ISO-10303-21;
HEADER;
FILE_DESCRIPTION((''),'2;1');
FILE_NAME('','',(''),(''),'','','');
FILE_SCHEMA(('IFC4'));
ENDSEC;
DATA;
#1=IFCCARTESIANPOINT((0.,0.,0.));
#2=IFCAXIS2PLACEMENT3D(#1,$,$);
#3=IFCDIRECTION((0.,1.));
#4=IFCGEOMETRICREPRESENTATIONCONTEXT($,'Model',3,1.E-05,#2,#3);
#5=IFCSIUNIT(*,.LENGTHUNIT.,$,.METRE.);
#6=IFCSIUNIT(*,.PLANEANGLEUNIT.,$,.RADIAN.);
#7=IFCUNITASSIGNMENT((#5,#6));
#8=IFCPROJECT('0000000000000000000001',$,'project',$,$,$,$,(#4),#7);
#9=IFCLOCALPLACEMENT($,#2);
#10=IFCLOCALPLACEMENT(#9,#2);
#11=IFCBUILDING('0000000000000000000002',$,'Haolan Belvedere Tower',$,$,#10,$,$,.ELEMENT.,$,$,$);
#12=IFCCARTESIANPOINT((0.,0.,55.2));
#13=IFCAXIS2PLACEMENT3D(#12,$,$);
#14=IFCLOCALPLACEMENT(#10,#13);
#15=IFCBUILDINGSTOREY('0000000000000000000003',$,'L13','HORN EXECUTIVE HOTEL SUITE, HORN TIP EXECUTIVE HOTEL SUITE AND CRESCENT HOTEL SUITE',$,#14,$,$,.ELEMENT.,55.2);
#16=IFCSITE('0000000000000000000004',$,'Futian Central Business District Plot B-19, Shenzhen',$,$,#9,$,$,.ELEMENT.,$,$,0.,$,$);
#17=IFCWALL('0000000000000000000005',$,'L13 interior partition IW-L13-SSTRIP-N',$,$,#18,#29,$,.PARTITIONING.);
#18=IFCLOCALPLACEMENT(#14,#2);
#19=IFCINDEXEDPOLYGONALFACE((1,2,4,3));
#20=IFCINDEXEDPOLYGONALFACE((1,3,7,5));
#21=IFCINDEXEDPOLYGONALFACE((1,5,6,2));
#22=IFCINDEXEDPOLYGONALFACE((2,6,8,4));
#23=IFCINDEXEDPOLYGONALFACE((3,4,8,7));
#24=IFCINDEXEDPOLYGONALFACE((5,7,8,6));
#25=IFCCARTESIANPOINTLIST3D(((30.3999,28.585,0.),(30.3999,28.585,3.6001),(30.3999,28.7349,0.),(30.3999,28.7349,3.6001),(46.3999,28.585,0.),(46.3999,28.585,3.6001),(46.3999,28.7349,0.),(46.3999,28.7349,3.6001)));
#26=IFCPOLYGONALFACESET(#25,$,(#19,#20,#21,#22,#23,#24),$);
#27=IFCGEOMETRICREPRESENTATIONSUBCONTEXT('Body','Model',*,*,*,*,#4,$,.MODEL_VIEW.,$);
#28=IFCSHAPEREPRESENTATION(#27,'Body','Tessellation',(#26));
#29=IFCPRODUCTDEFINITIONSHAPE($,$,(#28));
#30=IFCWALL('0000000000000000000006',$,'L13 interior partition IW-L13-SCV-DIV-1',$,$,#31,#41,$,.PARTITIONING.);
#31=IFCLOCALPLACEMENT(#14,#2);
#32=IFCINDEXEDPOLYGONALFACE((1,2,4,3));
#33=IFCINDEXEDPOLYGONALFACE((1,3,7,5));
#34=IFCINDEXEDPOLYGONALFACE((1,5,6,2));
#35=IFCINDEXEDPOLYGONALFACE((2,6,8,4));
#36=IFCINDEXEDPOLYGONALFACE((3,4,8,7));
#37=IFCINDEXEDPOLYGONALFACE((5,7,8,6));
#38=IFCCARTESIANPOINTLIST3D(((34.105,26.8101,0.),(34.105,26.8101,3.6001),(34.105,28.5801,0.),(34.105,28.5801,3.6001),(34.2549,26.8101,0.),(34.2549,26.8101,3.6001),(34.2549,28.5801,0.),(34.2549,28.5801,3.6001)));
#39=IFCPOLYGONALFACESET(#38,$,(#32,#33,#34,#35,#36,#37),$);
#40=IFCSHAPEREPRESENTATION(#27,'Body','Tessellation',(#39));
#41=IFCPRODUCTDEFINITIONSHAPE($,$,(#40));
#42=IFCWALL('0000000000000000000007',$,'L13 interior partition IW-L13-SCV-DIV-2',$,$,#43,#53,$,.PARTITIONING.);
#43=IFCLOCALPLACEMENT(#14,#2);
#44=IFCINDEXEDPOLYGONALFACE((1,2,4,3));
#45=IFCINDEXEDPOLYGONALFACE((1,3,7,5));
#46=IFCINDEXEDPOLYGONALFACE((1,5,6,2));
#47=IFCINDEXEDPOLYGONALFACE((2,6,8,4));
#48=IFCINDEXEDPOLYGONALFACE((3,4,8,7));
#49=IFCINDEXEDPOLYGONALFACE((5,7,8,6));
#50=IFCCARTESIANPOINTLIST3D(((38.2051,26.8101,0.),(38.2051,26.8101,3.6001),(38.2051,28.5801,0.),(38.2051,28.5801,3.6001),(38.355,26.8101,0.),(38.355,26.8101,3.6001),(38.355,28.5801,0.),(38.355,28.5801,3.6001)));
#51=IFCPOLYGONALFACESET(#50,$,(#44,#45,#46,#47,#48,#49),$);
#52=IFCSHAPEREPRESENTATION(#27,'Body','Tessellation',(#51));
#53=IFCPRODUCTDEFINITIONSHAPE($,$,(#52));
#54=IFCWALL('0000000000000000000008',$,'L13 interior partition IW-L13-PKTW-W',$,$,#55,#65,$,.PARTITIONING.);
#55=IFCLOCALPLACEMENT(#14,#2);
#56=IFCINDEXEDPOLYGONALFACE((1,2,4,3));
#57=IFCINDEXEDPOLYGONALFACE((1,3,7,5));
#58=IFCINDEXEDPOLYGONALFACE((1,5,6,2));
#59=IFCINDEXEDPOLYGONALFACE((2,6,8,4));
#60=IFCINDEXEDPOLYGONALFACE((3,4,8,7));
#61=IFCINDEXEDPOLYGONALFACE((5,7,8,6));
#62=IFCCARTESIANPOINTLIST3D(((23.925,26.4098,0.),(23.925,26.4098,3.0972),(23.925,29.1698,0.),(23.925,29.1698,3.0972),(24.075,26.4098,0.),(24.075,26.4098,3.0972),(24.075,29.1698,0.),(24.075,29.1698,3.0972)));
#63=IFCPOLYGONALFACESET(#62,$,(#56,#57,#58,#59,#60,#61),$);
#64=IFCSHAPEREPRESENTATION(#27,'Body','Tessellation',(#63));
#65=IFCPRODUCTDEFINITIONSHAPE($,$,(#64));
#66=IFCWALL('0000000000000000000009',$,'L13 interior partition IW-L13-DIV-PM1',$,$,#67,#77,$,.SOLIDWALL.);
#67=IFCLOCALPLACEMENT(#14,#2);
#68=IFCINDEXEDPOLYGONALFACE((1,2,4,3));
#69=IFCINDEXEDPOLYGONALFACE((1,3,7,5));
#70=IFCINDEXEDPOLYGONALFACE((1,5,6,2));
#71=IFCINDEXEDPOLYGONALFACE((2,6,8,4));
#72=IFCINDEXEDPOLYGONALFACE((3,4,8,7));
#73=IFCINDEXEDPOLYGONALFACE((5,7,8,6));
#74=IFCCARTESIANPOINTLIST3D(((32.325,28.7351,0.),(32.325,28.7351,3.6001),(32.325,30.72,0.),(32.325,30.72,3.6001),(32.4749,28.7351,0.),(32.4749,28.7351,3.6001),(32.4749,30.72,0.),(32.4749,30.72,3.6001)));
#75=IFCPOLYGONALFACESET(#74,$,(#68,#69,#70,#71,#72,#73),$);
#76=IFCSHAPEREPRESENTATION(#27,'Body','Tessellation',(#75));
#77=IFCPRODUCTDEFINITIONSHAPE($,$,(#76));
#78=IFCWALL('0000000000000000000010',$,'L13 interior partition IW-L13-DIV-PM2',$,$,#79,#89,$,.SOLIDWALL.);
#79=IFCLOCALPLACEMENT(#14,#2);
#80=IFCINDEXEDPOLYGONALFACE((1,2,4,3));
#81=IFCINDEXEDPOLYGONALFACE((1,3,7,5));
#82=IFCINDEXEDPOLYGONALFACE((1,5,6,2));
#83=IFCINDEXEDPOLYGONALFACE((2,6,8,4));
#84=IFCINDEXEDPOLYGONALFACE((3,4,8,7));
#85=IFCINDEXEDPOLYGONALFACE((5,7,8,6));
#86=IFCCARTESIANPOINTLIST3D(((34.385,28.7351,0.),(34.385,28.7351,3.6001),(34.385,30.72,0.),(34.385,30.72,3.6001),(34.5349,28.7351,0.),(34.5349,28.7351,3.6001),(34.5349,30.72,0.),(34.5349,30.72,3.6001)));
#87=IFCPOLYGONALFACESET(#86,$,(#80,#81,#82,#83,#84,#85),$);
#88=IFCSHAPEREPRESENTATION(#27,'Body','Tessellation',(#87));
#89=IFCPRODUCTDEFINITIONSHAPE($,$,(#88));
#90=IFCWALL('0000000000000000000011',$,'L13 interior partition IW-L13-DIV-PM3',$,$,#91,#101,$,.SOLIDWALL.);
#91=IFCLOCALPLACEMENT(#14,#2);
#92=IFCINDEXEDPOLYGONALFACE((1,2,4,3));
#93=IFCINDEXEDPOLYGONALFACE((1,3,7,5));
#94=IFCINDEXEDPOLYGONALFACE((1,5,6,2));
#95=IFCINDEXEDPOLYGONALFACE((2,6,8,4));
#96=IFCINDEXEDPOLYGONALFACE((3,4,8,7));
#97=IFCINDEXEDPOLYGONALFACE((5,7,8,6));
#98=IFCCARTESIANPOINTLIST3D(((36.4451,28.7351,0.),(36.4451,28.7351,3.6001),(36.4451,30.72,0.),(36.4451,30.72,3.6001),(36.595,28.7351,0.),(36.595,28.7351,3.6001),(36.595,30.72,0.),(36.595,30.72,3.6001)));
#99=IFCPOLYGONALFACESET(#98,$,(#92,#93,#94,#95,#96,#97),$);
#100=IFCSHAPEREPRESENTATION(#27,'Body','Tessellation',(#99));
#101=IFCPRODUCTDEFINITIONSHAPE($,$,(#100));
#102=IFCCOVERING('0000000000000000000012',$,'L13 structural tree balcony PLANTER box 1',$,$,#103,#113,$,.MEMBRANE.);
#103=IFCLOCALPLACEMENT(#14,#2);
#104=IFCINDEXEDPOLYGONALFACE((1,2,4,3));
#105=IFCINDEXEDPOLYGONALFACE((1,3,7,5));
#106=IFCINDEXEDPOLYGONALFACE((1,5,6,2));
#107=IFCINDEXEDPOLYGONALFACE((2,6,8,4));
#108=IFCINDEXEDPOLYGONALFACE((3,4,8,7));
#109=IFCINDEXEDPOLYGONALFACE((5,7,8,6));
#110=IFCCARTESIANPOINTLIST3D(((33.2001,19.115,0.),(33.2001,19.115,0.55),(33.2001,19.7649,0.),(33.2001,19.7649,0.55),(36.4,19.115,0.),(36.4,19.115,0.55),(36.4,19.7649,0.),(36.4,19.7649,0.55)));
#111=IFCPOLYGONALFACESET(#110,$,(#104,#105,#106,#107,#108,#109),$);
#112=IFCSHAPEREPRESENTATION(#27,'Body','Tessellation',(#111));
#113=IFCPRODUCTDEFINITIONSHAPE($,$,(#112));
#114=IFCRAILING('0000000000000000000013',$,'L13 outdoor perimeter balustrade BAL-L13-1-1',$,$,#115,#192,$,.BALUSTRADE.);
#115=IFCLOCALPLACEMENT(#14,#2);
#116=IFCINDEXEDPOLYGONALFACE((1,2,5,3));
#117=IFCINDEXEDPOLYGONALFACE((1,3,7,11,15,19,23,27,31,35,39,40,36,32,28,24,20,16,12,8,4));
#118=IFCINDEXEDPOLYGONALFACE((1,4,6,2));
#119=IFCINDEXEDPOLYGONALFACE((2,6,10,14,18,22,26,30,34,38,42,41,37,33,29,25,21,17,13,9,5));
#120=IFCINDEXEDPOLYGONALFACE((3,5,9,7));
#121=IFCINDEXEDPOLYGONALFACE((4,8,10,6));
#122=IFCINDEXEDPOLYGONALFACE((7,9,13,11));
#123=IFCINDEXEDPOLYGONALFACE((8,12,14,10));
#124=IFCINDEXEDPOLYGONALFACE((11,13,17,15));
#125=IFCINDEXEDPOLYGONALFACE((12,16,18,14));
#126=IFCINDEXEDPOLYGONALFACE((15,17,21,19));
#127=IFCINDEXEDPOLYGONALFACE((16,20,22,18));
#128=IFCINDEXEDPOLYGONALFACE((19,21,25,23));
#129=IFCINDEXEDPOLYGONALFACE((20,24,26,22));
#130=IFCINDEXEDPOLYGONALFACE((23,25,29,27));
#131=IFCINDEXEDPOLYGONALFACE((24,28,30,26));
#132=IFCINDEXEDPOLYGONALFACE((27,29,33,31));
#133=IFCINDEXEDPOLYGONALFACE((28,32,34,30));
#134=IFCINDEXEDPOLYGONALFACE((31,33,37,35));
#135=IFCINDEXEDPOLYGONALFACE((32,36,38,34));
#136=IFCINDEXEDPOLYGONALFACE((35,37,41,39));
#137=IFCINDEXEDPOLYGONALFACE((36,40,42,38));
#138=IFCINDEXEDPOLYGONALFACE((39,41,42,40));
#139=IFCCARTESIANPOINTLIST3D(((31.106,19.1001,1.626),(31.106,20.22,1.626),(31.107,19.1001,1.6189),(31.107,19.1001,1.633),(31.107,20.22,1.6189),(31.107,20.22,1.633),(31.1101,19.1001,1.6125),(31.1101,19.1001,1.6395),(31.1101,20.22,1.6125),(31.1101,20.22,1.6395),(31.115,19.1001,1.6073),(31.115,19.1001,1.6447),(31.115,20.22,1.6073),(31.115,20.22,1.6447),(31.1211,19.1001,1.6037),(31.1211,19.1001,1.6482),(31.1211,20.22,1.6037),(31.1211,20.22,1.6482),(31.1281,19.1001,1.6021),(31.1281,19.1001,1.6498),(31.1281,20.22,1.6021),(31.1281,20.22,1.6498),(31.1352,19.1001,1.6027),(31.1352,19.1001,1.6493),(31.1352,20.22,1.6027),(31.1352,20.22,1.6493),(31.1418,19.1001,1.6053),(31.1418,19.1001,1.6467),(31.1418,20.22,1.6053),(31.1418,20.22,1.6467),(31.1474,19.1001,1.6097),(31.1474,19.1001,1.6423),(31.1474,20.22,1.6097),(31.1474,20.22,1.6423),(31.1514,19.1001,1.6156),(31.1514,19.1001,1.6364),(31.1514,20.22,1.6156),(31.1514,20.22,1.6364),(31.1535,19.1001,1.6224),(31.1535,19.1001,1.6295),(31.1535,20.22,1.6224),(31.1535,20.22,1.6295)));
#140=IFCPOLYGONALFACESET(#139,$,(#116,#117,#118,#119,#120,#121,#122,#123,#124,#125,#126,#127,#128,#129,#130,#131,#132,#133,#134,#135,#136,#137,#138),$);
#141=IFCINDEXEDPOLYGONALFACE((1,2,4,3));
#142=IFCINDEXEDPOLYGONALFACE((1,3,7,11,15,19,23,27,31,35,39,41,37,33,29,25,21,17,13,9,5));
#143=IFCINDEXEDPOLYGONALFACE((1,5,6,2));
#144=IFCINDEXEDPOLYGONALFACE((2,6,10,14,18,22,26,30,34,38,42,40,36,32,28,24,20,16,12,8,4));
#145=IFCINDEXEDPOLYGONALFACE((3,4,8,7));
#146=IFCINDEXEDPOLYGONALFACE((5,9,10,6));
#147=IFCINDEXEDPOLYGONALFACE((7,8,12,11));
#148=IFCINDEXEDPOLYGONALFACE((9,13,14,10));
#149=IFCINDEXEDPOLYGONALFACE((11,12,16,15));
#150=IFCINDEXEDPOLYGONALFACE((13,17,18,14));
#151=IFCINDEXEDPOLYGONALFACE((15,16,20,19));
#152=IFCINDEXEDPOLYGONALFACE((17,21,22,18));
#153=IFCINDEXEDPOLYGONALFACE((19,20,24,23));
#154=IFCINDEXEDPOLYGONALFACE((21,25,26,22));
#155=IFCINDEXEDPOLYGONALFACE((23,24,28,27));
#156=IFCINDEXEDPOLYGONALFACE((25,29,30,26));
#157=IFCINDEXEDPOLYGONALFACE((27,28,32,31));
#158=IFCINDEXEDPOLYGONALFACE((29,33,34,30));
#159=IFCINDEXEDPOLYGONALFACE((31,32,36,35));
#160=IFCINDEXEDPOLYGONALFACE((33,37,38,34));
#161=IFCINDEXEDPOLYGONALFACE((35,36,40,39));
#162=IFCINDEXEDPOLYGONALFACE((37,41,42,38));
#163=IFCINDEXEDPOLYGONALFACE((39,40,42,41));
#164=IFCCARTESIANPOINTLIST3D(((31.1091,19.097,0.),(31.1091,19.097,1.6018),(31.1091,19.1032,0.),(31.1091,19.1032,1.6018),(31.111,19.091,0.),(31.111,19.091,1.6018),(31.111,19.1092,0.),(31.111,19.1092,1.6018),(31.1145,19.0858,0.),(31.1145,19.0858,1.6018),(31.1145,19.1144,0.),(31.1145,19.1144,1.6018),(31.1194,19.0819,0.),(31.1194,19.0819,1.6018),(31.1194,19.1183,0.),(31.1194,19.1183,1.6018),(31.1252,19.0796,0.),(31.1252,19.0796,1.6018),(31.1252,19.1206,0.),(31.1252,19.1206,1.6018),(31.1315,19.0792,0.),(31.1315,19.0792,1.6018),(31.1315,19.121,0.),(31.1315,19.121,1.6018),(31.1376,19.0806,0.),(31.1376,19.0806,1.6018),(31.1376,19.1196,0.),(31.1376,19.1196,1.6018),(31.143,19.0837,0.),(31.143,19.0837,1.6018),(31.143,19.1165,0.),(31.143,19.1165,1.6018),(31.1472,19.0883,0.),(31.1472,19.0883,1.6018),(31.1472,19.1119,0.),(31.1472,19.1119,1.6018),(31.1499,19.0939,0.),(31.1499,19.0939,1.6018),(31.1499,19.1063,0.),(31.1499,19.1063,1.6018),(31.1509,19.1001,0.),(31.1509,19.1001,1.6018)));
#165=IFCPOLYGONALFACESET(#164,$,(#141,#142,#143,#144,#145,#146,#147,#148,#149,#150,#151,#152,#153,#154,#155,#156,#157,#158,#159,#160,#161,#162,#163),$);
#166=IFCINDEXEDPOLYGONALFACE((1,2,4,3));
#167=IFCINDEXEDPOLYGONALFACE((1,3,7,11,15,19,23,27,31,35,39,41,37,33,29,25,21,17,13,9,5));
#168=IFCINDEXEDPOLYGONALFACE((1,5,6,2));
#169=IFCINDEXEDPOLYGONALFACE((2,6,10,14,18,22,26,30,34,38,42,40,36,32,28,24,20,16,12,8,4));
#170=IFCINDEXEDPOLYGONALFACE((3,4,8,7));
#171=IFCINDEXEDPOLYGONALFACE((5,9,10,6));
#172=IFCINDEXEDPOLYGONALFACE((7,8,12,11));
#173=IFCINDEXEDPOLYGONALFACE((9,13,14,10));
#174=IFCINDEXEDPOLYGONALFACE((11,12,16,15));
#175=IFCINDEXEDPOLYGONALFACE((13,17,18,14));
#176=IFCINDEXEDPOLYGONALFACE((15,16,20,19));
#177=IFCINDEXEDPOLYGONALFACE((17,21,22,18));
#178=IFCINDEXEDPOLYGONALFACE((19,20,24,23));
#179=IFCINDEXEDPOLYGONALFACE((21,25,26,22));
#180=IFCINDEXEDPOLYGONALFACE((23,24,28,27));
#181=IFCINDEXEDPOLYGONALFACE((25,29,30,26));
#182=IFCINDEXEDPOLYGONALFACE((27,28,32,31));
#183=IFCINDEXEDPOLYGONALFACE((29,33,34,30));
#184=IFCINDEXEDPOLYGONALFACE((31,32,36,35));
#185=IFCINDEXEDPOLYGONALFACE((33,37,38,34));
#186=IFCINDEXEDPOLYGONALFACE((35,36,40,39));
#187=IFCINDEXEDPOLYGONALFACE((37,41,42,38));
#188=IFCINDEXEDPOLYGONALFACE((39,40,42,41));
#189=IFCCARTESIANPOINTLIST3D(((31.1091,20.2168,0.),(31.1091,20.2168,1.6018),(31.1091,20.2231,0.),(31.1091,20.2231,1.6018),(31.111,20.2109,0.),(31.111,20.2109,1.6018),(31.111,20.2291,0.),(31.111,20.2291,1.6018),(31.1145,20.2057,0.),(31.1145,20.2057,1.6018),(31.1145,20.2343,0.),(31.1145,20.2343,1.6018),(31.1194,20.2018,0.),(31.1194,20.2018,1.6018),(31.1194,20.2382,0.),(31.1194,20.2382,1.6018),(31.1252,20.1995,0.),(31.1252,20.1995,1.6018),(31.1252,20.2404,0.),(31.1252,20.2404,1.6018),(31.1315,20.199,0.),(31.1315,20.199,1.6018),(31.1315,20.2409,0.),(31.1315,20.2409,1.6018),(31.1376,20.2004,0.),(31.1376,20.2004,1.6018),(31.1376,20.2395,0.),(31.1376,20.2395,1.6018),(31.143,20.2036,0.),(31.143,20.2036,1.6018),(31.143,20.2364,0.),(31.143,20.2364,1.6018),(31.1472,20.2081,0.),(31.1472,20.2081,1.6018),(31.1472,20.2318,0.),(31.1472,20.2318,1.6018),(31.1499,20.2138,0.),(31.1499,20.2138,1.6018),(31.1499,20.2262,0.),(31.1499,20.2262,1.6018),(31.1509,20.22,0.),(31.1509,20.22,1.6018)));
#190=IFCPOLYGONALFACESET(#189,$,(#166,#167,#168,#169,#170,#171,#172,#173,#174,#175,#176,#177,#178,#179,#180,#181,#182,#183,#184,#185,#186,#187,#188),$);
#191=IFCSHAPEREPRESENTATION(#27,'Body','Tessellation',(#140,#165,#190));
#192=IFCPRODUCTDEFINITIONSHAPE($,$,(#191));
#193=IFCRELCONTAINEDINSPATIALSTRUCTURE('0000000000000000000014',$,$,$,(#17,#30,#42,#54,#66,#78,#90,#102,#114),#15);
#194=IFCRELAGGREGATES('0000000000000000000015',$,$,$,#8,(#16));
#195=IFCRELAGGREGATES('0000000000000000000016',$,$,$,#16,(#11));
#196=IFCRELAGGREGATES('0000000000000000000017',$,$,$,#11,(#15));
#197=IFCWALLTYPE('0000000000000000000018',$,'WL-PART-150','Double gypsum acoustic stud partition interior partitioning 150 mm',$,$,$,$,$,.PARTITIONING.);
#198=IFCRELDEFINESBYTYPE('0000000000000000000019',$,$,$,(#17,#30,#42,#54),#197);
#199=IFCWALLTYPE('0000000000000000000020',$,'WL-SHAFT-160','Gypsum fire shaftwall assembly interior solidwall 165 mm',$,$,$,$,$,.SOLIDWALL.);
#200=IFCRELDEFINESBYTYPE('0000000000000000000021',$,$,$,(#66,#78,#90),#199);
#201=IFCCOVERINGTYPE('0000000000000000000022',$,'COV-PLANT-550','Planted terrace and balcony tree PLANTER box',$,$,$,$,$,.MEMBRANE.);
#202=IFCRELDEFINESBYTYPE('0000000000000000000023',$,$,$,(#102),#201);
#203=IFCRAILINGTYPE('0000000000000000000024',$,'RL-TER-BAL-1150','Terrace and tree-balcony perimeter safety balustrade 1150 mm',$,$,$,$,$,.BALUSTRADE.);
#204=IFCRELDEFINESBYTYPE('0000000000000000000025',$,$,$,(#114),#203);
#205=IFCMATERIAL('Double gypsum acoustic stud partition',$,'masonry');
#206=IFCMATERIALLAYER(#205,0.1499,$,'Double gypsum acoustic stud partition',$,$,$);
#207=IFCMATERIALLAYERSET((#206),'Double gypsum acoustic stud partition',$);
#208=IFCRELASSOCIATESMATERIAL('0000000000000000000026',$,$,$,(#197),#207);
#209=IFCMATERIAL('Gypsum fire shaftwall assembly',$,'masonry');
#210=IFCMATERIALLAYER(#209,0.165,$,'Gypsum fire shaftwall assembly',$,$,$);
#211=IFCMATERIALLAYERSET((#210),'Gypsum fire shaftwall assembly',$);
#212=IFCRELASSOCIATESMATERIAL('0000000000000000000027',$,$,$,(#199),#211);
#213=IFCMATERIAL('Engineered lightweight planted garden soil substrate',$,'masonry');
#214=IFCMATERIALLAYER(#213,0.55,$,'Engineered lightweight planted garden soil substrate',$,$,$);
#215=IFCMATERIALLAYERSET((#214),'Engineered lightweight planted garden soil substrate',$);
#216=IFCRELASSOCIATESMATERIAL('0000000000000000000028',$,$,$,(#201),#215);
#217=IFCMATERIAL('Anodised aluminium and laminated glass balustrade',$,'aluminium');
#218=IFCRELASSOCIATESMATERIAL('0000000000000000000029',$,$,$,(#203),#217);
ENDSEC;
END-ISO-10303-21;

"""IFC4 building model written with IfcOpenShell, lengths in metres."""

from ifc_helpers import new_model, si_unit, direction, frame, frame_2d, origin, origin_2d, place, context, subcontext, project, spatial, rectangle, circle, extrude, material, layer, layer_set, type_object, element, save


model = new_model("IFC4")

# Units and contexts
model_context = context("Model", 3, precision=1e-05, world=origin(), true_north=direction((0.0, 1.0)))
body_context = subcontext(model_context, "Body", "Model", "MODEL_VIEW")
ifc_project = project(units=[si_unit("LENGTHUNIT", "METRE"), si_unit("PLANEANGLEUNIT", "RADIAN")], contexts=[model_context])

# Site, building, storey
site_placement = place(None, origin())
site = spatial("IfcSite", under=ifc_project, at=site_placement, Name="Futian Central Business District Plot B-19, Shenzhen", CompositionType="ELEMENT", RefElevation=0.0)
building_placement = place(site_placement, origin())
building = spatial("IfcBuilding", under=site, at=building_placement, Name="Haolan Belvedere Tower", CompositionType="ELEMENT")
storey_placement = place(building_placement, frame((0.0, 0.0, 55.2)))
storey = spatial("IfcBuildingStorey", under=building, at=storey_placement, Name="L13", Description="HORN EXECUTIVE HOTEL SUITE, HORN TIP EXECUTIVE HOTEL SUITE AND CRESCENT HOTEL SUITE", CompositionType="ELEMENT", Elevation=55.2)

# Walls
ifc_material_1 = material(Name="Double gypsum acoustic stud partition", Category="masonry")
ifc_layer_1 = layer(ifc_material_1, 0.1499, Name="Double gypsum acoustic stud partition")
ifc_layer_set_1 = layer_set([ifc_layer_1], Name="Double gypsum acoustic stud partition")
wall_type_1 = type_object("IfcWallType", Name="WL-PART-150", Description="Double gypsum acoustic stud partition interior partitioning 150 mm", PredefinedType="PARTITIONING", material=ifc_layer_set_1)
wall_1_placement = place(storey_placement, frame((30.3999, 28.6599, 0.0), z_axis=(0.0, 0.0, 1.0), x_axis=(1.0, 0.0, 0.0)))
element("IfcWall", 1, at=wall_1_placement, inside=storey, type_object=wall_type_1, Name="L13 interior partition IW-L13-SSTRIP-N", PredefinedType="PARTITIONING", context=body_context, shape_type="SweptSolid", body=[
    extrude(rectangle(XDim=16.0, YDim=0.1499, at=frame_2d((8.0, 0.0))), origin(), (0.0, 0.0, 1.0), 3.6001),
])
for number, where, z_axis, x_axis, name in (
    (2, (34.1799, 26.8101, 0.0), (0.0, 0.0, 1.0), (0.0, 1.0, 0.0), "L13 interior partition IW-L13-SCV-DIV-1"),
    (3, (38.28, 26.8101, 0.0), (0.0, 0.0, 1.0), (0.0, 1.0, 0.0), "L13 interior partition IW-L13-SCV-DIV-2"),
):
    element("IfcWall", number, at=place(storey_placement, frame(where, z_axis=z_axis, x_axis=x_axis)), inside=storey, type_object=wall_type_1, Name=name, PredefinedType="PARTITIONING", context=body_context, shape_type="SweptSolid", body=[
        extrude(rectangle(XDim=1.77, YDim=0.1499, at=frame_2d((0.885, 0.0))), origin(), (0.0, 0.0, 1.0), 3.6001),
    ])
wall_2_placement = place(storey_placement, frame((24.0, 26.4099, 0.0), z_axis=(0.0, 0.0, 1.0), x_axis=(0.0, 1.0, 0.0)))
element("IfcWall", 4, at=wall_2_placement, inside=storey, type_object=wall_type_1, Name="L13 interior partition IW-L13-PKTW-W", PredefinedType="PARTITIONING", context=body_context, shape_type="SweptSolid", body=[
    extrude(rectangle(XDim=2.76, YDim=0.1499, at=frame_2d((1.3799, 0.0))), origin(), (0.0, 0.0, 1.0), 3.0972),
])

# Walls
ifc_material_2 = material(Name="Gypsum fire shaftwall assembly", Category="masonry")
ifc_layer_2 = layer(ifc_material_2, 0.165, Name="Gypsum fire shaftwall assembly")
ifc_layer_set_2 = layer_set([ifc_layer_2], Name="Gypsum fire shaftwall assembly")
wall_type_2 = type_object("IfcWallType", Name="WL-SHAFT-160", Description="Gypsum fire shaftwall assembly interior solidwall 165 mm", PredefinedType="SOLIDWALL", material=ifc_layer_set_2)
for number, where, z_axis, x_axis, name in (
    (5, (32.3999, 28.7351, 0.0), (0.0, 0.0, 1.0), (0.0, 1.0, 0.0), "L13 interior partition IW-L13-DIV-PM1"),
    (6, (34.46, 28.7351, 0.0), (0.0, 0.0, 1.0), (0.0, 1.0, 0.0), "L13 interior partition IW-L13-DIV-PM2"),
    (7, (36.52, 28.7351, 0.0), (0.0, 0.0, 1.0), (0.0, 1.0, 0.0), "L13 interior partition IW-L13-DIV-PM3"),
):
    element("IfcWall", number, at=place(storey_placement, frame(where, z_axis=z_axis, x_axis=x_axis)), inside=storey, type_object=wall_type_2, Name=name, PredefinedType="SOLIDWALL", context=body_context, shape_type="SweptSolid", body=[
        extrude(rectangle(XDim=1.9849, YDim=0.1499, at=frame_2d((0.9924, 0.0))), origin(), (0.0, 0.0, 1.0), 3.6001),
    ])

# Covering
ifc_material_3 = material(Name="Engineered lightweight planted garden soil substrate", Category="masonry")
ifc_layer_3 = layer(ifc_material_3, 0.55, Name="Engineered lightweight planted garden soil substrate")
ifc_layer_set_3 = layer_set([ifc_layer_3], Name="Engineered lightweight planted garden soil substrate")
covering_type = type_object("IfcCoveringType", Name="COV-PLANT-550", Description="Planted terrace and balcony tree PLANTER box", PredefinedType="MEMBRANE", material=ifc_layer_set_3)
covering_placement = place(storey_placement, frame((34.8, 19.4399, 0.0), z_axis=(0.0, 0.0, 1.0), x_axis=(1.0, 0.0, 0.0)))
element("IfcCovering", 8, at=covering_placement, inside=storey, type_object=covering_type, Name="L13 structural tree balcony PLANTER box 1", PredefinedType="MEMBRANE", context=body_context, shape_type="SweptSolid", body=[
    extrude(rectangle(XDim=3.2, YDim=0.6499, at=origin_2d()), origin(), (0.0, 0.0, 1.0), 0.55),
])

# Railing
ifc_material_4 = material(Name="Anodised aluminium and laminated glass balustrade", Category="aluminium")
railing_type = type_object("IfcRailingType", Name="RL-TER-BAL-1150", Description="Terrace and tree-balcony perimeter safety balustrade 1150 mm", PredefinedType="BALUSTRADE", material=ifc_material_4)
railing_placement = place(storey_placement, frame((31.1299, 19.1001, 0.0)))
element("IfcRailing", 9, at=railing_placement, inside=storey, type_object=railing_type, Name="L13 outdoor perimeter balustrade BAL-L13-1-1", PredefinedType="BALUSTRADE", context=body_context, shape_type="SweptSolid", body=[
    extrude(circle(Radius=0.0239, at=origin_2d()), frame((0.0, 0.0, 1.626), z_axis=(0.0, 1.0, 0.0), x_axis=(-1.0, 0.0, 0.0)), (0.0, 0.0, 1.0), 1.1199),
    extrude(circle(Radius=0.021, at=origin_2d()), origin(), (0.0, 0.0, 1.0), 1.6018),
    extrude(circle(Radius=0.021, at=origin_2d()), frame((0.0, 1.1199, 0.0)), (0.0, 0.0, 1.0), 1.6018),
])

save(model, "model.ifc")
